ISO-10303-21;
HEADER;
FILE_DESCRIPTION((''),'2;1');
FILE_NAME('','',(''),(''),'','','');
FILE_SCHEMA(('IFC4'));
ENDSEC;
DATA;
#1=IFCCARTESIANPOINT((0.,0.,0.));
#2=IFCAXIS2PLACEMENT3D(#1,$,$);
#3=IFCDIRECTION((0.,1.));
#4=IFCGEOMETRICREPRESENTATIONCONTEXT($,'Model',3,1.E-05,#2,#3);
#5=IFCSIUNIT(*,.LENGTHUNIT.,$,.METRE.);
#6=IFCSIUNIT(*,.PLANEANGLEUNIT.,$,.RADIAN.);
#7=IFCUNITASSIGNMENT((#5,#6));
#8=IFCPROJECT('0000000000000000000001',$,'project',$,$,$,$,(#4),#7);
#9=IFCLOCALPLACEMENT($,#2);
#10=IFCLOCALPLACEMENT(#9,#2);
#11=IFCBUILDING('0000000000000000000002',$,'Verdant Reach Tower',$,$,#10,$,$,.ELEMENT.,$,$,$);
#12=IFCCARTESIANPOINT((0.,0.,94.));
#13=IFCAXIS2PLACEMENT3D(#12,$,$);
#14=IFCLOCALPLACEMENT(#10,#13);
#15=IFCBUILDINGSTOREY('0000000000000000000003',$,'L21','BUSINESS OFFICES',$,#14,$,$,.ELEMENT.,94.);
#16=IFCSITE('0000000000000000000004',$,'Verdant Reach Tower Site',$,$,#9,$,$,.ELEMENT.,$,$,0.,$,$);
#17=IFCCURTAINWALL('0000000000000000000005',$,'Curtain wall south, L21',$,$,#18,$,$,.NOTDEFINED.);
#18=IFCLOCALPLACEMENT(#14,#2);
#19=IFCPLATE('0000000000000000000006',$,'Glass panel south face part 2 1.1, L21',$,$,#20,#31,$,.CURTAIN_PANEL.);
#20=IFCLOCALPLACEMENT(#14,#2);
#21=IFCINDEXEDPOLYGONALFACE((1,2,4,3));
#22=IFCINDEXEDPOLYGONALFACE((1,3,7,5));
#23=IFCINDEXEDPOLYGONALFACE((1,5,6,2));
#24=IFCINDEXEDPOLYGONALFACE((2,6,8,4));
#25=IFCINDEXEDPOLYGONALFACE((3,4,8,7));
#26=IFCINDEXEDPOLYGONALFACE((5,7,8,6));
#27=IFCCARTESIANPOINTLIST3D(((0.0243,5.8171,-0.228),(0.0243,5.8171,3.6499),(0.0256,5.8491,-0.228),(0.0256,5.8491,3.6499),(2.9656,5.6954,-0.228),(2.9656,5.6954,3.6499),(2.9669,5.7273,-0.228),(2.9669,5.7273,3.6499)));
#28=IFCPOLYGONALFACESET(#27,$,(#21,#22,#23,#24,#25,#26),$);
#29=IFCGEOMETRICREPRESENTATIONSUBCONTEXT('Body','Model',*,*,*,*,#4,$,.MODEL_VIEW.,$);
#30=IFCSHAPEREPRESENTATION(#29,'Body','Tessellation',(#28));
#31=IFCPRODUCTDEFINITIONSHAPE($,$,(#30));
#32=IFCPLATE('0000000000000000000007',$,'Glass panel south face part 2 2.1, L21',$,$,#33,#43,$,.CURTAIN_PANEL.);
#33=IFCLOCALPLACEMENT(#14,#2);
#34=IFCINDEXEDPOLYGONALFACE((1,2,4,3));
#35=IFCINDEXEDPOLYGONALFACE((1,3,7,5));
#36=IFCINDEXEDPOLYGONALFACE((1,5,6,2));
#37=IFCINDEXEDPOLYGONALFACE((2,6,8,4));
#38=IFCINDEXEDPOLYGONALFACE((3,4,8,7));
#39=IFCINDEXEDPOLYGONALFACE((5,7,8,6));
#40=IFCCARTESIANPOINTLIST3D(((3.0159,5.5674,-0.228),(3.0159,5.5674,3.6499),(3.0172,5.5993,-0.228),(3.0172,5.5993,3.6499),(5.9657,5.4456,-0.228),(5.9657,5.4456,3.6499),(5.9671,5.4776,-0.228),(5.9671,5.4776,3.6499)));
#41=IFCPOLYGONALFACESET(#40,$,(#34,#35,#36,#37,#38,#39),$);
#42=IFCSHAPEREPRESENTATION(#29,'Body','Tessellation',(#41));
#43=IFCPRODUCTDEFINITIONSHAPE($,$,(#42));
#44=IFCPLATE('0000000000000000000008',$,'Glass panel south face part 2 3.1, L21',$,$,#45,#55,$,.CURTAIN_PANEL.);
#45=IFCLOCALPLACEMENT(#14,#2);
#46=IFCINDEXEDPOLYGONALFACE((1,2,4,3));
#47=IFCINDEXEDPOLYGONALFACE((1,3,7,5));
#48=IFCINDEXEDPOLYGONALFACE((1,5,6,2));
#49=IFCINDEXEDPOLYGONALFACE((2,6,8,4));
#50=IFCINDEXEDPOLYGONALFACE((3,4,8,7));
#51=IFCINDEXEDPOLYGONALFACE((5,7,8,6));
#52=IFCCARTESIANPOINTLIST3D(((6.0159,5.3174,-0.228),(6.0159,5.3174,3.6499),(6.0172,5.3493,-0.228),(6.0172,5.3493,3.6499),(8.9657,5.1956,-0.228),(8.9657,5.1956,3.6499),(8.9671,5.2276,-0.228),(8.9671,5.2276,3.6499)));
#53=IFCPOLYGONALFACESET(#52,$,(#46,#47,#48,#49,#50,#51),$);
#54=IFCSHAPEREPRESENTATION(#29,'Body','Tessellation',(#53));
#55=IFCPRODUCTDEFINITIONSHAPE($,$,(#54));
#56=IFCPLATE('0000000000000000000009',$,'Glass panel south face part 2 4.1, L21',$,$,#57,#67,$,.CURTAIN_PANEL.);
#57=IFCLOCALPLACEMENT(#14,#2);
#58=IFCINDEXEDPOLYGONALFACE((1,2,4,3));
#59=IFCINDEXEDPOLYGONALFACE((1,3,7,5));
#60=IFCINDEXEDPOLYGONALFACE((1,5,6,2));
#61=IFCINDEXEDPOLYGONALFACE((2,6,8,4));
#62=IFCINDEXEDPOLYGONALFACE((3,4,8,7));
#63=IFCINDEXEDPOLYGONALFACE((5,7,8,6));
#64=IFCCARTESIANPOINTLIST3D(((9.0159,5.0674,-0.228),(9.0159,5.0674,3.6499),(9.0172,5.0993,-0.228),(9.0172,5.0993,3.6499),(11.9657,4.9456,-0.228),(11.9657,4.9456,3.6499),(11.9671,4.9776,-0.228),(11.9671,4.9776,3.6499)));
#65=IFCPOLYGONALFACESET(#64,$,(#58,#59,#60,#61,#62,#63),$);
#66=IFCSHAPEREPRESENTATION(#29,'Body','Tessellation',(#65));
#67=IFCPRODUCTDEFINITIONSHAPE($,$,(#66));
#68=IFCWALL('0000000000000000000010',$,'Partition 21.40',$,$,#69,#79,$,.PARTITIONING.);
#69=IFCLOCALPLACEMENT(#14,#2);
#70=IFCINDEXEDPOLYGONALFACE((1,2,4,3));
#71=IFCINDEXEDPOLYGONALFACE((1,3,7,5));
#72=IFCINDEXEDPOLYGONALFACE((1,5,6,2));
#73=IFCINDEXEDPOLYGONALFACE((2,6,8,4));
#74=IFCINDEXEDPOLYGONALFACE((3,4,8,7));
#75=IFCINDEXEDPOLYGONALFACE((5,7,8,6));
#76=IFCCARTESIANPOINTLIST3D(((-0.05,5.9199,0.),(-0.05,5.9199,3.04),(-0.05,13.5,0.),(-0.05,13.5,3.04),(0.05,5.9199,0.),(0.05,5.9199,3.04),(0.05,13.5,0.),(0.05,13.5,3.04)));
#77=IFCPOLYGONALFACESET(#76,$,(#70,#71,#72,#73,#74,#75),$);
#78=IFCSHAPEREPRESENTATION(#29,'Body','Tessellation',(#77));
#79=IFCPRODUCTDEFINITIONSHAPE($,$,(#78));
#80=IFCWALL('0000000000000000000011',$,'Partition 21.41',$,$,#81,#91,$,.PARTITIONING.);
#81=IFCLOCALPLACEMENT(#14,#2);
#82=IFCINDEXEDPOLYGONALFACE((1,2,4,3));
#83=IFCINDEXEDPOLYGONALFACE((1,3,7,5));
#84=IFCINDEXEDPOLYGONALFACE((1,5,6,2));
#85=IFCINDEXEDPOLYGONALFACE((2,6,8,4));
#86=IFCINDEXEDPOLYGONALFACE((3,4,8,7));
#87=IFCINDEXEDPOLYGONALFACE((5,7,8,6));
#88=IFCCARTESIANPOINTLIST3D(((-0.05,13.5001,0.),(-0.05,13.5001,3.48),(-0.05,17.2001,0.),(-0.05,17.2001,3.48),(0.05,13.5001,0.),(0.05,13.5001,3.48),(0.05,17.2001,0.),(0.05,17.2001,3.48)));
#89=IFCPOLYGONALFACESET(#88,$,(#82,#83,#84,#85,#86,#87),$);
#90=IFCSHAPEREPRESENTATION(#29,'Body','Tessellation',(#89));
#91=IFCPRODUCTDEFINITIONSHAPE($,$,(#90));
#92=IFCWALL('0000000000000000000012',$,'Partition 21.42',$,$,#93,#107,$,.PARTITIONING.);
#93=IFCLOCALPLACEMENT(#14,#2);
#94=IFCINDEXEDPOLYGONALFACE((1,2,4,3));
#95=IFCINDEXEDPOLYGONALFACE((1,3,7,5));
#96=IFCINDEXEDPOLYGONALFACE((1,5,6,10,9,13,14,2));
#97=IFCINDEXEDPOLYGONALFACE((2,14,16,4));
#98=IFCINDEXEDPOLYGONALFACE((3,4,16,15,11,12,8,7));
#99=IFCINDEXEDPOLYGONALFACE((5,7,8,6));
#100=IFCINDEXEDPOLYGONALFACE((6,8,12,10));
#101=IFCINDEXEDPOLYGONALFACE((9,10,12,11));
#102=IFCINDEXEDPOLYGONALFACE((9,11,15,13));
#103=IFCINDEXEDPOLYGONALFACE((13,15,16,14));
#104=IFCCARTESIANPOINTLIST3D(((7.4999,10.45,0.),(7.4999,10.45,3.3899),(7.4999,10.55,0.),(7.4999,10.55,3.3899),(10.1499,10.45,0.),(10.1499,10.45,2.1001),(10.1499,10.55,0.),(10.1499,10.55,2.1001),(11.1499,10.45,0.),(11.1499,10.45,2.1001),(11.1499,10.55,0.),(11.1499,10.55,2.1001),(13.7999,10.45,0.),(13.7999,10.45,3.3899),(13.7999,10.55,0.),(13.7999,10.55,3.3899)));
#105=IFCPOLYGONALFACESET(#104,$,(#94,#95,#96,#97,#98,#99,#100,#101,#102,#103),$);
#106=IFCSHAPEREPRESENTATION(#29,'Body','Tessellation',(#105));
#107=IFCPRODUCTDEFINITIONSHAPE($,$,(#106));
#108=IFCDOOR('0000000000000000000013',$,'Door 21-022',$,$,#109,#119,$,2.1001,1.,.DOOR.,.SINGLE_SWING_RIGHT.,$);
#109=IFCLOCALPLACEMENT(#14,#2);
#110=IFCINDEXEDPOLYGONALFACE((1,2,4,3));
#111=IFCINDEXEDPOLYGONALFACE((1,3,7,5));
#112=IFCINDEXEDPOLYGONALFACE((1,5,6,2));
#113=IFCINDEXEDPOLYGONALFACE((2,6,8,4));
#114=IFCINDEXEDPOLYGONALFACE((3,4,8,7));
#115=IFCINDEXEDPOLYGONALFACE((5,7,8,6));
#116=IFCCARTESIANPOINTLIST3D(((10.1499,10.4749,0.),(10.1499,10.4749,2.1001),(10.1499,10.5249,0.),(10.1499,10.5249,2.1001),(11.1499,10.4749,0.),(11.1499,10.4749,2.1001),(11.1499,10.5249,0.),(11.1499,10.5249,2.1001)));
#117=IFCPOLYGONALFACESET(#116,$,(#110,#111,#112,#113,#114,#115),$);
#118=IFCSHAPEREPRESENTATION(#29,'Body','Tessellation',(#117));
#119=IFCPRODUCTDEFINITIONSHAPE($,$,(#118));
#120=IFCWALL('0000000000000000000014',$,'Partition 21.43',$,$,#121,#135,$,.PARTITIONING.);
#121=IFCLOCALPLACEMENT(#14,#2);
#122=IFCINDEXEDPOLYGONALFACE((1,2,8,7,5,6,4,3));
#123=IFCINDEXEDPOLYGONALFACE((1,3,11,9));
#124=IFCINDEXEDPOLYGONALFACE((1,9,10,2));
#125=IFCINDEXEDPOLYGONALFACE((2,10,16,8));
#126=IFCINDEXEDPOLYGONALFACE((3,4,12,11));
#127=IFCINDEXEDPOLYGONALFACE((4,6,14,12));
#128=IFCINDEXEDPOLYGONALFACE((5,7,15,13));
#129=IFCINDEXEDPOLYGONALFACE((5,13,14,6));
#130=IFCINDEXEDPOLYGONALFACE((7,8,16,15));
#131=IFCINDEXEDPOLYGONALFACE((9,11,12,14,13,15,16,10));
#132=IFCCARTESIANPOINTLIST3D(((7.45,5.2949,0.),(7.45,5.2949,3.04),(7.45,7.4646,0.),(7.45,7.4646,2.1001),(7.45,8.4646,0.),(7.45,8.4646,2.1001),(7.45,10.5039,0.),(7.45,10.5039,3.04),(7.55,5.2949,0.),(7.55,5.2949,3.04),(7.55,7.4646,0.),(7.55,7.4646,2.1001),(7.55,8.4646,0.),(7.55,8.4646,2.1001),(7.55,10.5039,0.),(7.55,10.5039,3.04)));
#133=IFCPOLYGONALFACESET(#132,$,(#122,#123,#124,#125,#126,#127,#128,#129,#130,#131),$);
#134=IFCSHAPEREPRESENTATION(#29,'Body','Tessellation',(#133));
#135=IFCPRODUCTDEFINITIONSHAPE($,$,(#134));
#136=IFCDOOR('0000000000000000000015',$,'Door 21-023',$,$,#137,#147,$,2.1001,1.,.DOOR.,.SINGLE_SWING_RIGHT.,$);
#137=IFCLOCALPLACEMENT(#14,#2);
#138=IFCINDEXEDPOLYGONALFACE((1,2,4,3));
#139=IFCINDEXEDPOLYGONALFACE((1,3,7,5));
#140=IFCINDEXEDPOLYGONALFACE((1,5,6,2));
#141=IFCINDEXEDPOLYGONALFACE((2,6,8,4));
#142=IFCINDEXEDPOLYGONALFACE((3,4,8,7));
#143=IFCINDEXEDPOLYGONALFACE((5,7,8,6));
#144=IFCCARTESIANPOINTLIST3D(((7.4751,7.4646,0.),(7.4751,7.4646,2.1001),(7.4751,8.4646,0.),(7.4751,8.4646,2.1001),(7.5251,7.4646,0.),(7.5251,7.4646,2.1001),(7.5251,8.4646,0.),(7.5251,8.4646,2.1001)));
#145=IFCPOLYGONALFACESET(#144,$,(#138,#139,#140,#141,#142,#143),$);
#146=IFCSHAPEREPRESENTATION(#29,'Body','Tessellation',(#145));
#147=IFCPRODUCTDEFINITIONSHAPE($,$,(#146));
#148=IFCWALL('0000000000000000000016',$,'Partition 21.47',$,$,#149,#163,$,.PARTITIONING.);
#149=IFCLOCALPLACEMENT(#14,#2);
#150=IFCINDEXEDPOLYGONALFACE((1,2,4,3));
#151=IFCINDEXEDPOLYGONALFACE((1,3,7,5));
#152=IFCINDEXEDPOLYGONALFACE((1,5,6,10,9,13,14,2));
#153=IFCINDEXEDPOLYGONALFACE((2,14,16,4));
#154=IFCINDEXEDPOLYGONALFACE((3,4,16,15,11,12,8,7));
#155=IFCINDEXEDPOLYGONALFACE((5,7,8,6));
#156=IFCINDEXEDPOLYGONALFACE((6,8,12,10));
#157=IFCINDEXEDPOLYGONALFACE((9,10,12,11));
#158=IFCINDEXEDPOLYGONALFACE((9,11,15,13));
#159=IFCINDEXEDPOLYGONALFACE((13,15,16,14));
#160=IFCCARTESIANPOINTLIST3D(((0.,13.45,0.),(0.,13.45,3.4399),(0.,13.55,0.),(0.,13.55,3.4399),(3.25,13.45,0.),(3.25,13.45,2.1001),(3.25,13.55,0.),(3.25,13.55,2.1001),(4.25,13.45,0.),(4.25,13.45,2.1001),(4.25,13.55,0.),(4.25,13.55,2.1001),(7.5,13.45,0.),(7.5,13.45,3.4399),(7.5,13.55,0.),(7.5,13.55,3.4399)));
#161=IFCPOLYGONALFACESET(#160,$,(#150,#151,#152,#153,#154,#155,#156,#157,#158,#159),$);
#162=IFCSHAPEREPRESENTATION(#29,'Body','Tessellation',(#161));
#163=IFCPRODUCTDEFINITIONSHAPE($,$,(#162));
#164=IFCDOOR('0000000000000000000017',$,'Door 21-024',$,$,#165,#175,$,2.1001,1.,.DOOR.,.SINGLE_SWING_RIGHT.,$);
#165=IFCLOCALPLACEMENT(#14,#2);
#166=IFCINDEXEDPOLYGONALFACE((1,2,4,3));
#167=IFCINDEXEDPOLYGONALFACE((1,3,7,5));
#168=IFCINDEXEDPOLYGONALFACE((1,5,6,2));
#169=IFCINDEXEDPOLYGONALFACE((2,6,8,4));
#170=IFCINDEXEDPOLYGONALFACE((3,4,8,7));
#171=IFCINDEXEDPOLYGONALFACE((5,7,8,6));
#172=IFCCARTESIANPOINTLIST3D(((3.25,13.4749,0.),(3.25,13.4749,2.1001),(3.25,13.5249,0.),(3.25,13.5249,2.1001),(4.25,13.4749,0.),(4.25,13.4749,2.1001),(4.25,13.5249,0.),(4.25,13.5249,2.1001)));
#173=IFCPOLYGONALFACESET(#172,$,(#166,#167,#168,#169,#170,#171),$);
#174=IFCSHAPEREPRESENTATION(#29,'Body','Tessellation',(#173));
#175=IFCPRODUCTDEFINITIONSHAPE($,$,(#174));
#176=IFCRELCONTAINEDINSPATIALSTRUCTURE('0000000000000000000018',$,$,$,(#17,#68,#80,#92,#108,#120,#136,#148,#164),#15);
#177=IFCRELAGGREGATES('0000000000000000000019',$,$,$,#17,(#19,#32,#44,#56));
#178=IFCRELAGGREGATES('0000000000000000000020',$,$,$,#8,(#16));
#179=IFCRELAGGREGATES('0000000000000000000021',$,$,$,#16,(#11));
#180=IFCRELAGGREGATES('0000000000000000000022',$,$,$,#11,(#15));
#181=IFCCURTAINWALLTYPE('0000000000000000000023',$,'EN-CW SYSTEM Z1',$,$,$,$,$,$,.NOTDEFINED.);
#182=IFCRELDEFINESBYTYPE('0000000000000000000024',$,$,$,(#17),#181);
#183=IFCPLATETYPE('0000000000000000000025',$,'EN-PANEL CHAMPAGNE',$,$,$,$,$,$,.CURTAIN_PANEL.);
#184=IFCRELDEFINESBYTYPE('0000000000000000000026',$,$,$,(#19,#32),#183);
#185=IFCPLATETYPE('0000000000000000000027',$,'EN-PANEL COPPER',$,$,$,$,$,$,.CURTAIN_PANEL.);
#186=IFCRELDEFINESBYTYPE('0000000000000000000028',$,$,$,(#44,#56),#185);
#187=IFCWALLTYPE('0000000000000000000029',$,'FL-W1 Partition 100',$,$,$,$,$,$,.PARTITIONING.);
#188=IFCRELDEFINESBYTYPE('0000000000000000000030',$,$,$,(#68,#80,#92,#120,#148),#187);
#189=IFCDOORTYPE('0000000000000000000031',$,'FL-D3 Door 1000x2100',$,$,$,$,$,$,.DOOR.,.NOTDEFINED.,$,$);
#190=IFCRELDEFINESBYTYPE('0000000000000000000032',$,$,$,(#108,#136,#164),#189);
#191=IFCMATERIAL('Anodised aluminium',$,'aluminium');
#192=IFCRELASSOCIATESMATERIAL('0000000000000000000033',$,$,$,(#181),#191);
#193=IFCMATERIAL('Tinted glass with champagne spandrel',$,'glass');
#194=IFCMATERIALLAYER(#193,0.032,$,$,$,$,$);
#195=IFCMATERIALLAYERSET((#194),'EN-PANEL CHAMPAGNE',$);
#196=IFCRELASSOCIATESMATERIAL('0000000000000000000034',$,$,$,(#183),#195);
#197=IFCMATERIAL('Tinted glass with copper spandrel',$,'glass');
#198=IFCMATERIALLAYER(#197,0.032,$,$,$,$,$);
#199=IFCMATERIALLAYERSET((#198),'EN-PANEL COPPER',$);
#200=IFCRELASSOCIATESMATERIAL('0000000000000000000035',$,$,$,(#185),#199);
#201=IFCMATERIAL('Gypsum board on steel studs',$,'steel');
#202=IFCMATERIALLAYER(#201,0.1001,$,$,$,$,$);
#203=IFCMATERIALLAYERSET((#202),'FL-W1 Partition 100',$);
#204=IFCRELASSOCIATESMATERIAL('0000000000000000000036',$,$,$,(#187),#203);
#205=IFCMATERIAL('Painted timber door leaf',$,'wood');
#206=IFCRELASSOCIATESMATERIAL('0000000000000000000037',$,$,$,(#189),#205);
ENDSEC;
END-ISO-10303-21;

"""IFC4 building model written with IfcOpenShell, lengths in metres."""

from ifc_helpers import new_model, si_unit, direction, frame, frame_2d, origin, origin_2d, place, context, subcontext, project, spatial, rectangle, extrude, material, layer, layer_set, type_object, element, fill, aggregate, save


model = new_model("IFC4")

# Units and contexts
model_context = context("Model", 3, precision=1e-05, world=origin(), true_north=direction((0.0, 1.0)))
body_context = subcontext(model_context, "Body", "Model", "MODEL_VIEW")
ifc_project = project(units=[si_unit("LENGTHUNIT", "METRE"), si_unit("PLANEANGLEUNIT", "RADIAN")], contexts=[model_context])

# Site, building, storey
site_placement = place(None, origin())
site = spatial("IfcSite", under=ifc_project, at=site_placement, Name="Verdant Reach Tower Site", CompositionType="ELEMENT", RefElevation=0.0)
building_placement = place(site_placement, origin())
building = spatial("IfcBuilding", under=site, at=building_placement, Name="Verdant Reach Tower", CompositionType="ELEMENT")
storey_placement = place(building_placement, frame((0.0, 0.0, 94.0)))
storey = spatial("IfcBuildingStorey", under=building, at=storey_placement, Name="L21", Description="BUSINESS OFFICES", CompositionType="ELEMENT", Elevation=94.0)

# Curtain wall
ifc_material_1 = material(Name="Anodised aluminium", Category="aluminium")
curtain_wall_type = type_object("IfcCurtainWallType", Name="EN-CW SYSTEM Z1", PredefinedType="NOTDEFINED", material=ifc_material_1)
curtain_wall_placement = place(storey_placement, origin())
curtain_wall = element("IfcCurtainWall", 1, at=curtain_wall_placement, inside=storey, type_object=curtain_wall_type, Name="Curtain wall south, L21", PredefinedType="NOTDEFINED")

# Plates
ifc_material_2 = material(Name="Tinted glass with champagne spandrel", Category="glass")
ifc_layer_1 = layer(ifc_material_2, 0.032)
ifc_layer_set_1 = layer_set([ifc_layer_1], Name="EN-PANEL CHAMPAGNE")
plate_type_1 = type_object("IfcPlateType", Name="EN-PANEL CHAMPAGNE", PredefinedType="CURTAIN_PANEL", material=ifc_layer_set_1)
plate_1_placement = place(storey_placement, frame((1.4956, 5.7722, -0.228), z_axis=(0.0, 0.0, 1.0), x_axis=(0.999144, -0.04136, 0.0)))
plate_1 = element("IfcPlate", 2, at=plate_1_placement, type_object=plate_type_1, Name="Glass panel south face part 2 1.1, L21", PredefinedType="CURTAIN_PANEL", context=body_context, shape_type="SweptSolid", body=[
    extrude(rectangle(XDim=2.9438, YDim=0.032, at=origin_2d()), origin(), (0.0, 0.0, 1.0), 3.8779),
])
plate_2_placement = place(storey_placement, frame((4.4915, 5.5225, -0.228), z_axis=(0.0, 0.0, 1.0), x_axis=(0.999149, -0.041242, 0.0)))
plate_2 = element("IfcPlate", 3, at=plate_2_placement, type_object=plate_type_1, Name="Glass panel south face part 2 2.1, L21", PredefinedType="CURTAIN_PANEL", context=body_context, shape_type="SweptSolid", body=[
    extrude(rectangle(XDim=2.9524, YDim=0.032, at=origin_2d()), origin(), (0.0, 0.0, 1.0), 3.8779),
])
ifc_material_3 = material(Name="Tinted glass with copper spandrel", Category="glass")
ifc_layer_2 = layer(ifc_material_3, 0.032)
ifc_layer_set_2 = layer_set([ifc_layer_2], Name="EN-PANEL COPPER")
plate_type_2 = type_object("IfcPlateType", Name="EN-PANEL COPPER", PredefinedType="CURTAIN_PANEL", material=ifc_layer_set_2)
plate_3_placement = place(storey_placement, frame((7.4915, 5.2725, -0.228), z_axis=(0.0, 0.0, 1.0), x_axis=(0.999149, -0.041242, 0.0)))
plate_3 = element("IfcPlate", 4, at=plate_3_placement, type_object=plate_type_2, Name="Glass panel south face part 2 3.1, L21", PredefinedType="CURTAIN_PANEL", context=body_context, shape_type="SweptSolid", body=[
    extrude(rectangle(XDim=2.9524, YDim=0.032, at=origin_2d()), origin(), (0.0, 0.0, 1.0), 3.8779),
])
plate_4_placement = place(storey_placement, frame((10.4915, 5.0225, -0.228), z_axis=(0.0, 0.0, 1.0), x_axis=(0.999149, -0.041242, 0.0)))
plate_4 = element("IfcPlate", 5, at=plate_4_placement, type_object=plate_type_2, Name="Glass panel south face part 2 4.1, L21", PredefinedType="CURTAIN_PANEL", context=body_context, shape_type="SweptSolid", body=[
    extrude(rectangle(XDim=2.9524, YDim=0.032, at=origin_2d()), origin(), (0.0, 0.0, 1.0), 3.8779),
])
aggregate(curtain_wall, [plate_1, plate_2, plate_3, plate_4])

# Walls
ifc_material_4 = material(Name="Gypsum board on steel studs", Category="steel")
ifc_layer_3 = layer(ifc_material_4, 0.1001)
ifc_layer_set_3 = layer_set([ifc_layer_3], Name="FL-W1 Partition 100")
wall_type = type_object("IfcWallType", Name="FL-W1 Partition 100", PredefinedType="PARTITIONING", material=ifc_layer_set_3)
wall_1_placement = place(storey_placement, frame((0.0, 5.9199, 0.0), z_axis=(0.0, 0.0, 1.0), x_axis=(0.0, 1.0, 0.0)))
element("IfcWall", 6, at=wall_1_placement, inside=storey, type_object=wall_type, Name="Partition 21.40", PredefinedType="PARTITIONING", context=body_context, shape_type="SweptSolid", body=[
    extrude(rectangle(XDim=7.5801, YDim=0.1001, at=frame_2d((3.79, 0.0))), origin(), (0.0, 0.0, 1.0), 3.04),
])
wall_2_placement = place(storey_placement, frame((0.0, 13.5, 0.0), z_axis=(0.0, 0.0, 1.0), x_axis=(0.0, 1.0, 0.0)))
element("IfcWall", 7, at=wall_2_placement, inside=storey, type_object=wall_type, Name="Partition 21.41", PredefinedType="PARTITIONING", context=body_context, shape_type="SweptSolid", body=[
    extrude(rectangle(XDim=3.7, YDim=0.1001, at=frame_2d((1.8501, 0.0))), origin(), (0.0, 0.0, 1.0), 3.48),
])

# Walls, openings, doors
wall_3_placement = place(storey_placement, frame((7.5, 10.5, 0.0), z_axis=(0.0, 0.0, 1.0), x_axis=(1.0, 0.0, 0.0)))
wall_3 = element("IfcWall", 8, at=wall_3_placement, inside=storey, type_object=wall_type, Name="Partition 21.42", PredefinedType="PARTITIONING", context=body_context, shape_type="SweptSolid", body=[
    extrude(rectangle(XDim=6.3, YDim=0.1001, at=frame_2d((3.1499, 0.0))), origin(), (0.0, 0.0, 1.0), 3.3899),
])
opening_1_placement = place(wall_3_placement, frame((2.6499, 0.0, 0.0)))
opening_1 = element("IfcOpeningElement", 9, at=opening_1_placement, cuts=wall_3, PredefinedType="OPENING", context=body_context, shape_type="SweptSolid", body=[
    extrude(rectangle(XDim=1.0, YDim=2.1001, at=frame_2d((0.5, 1.05))), frame((0.0, 0.0601, 0.0), z_axis=(0.0, -1.0, 0.0), x_axis=(1.0, 0.0, 0.0)), (0.0, 0.0, 1.0), 0.1201),
])
ifc_material_5 = material(Name="Painted timber door leaf", Category="wood")
door_type = type_object("IfcDoorType", Name="FL-D3 Door 1000x2100", OperationType="NOTDEFINED", PredefinedType="DOOR", material=ifc_material_5)
door_1_placement = place(opening_1_placement, origin())
door_1 = element("IfcDoor", 10, at=door_1_placement, inside=storey, type_object=door_type, Name="Door 21-022", OperationType="SINGLE_SWING_RIGHT", OverallHeight=2.1001, OverallWidth=1.0, PredefinedType="DOOR", context=body_context, shape_type="SweptSolid", body=[
    extrude(rectangle(XDim=1.0, YDim=2.1001, at=frame_2d((0.5, 1.05))), frame((0.0, 0.0249, 0.0), z_axis=(0.0, -1.0, 0.0), x_axis=(1.0, 0.0, 0.0)), (0.0, 0.0, 1.0), 0.05),
])
fill(opening_1, door_1)
wall_4_placement = place(storey_placement, frame((7.5, 5.2949, 0.0), z_axis=(0.0, 0.0, 1.0), x_axis=(0.0, 1.0, 0.0)))
wall_4 = element("IfcWall", 11, at=wall_4_placement, inside=storey, type_object=wall_type, Name="Partition 21.43", PredefinedType="PARTITIONING", context=body_context, shape_type="SweptSolid", body=[
    extrude(rectangle(XDim=5.209, YDim=0.1001, at=frame_2d((2.6045, 0.0))), origin(), (0.0, 0.0, 1.0), 3.04),
])
opening_2_placement = place(wall_4_placement, frame((2.1697, 0.0, 0.0)))
opening_2 = element("IfcOpeningElement", 12, at=opening_2_placement, cuts=wall_4, PredefinedType="OPENING", context=body_context, shape_type="SweptSolid", body=[
    extrude(rectangle(XDim=1.0, YDim=2.1001, at=frame_2d((0.5, 1.05))), frame((0.0, 0.0601, 0.0), z_axis=(0.0, -1.0, 0.0), x_axis=(1.0, 0.0, 0.0)), (0.0, 0.0, 1.0), 0.1201),
])
door_2_placement = place(opening_2_placement, origin())
door_2 = element("IfcDoor", 13, at=door_2_placement, inside=storey, type_object=door_type, Name="Door 21-023", OperationType="SINGLE_SWING_RIGHT", OverallHeight=2.1001, OverallWidth=1.0, PredefinedType="DOOR", context=body_context, shape_type="SweptSolid", body=[
    extrude(rectangle(XDim=1.0, YDim=2.1001, at=frame_2d((0.5, 1.05))), frame((0.0, 0.0249, 0.0), z_axis=(0.0, -1.0, 0.0), x_axis=(1.0, 0.0, 0.0)), (0.0, 0.0, 1.0), 0.05),
])
fill(opening_2, door_2)
wall_5_placement = place(storey_placement, frame((0.0, 13.5, 0.0), z_axis=(0.0, 0.0, 1.0), x_axis=(1.0, 0.0, 0.0)))
wall_5 = element("IfcWall", 14, at=wall_5_placement, inside=storey, type_object=wall_type, Name="Partition 21.47", PredefinedType="PARTITIONING", context=body_context, shape_type="SweptSolid", body=[
    extrude(rectangle(XDim=7.5, YDim=0.1001, at=frame_2d((3.75, 0.0))), origin(), (0.0, 0.0, 1.0), 3.4399),
])
opening_3_placement = place(wall_5_placement, frame((3.25, 0.0, 0.0)))
opening_3 = element("IfcOpeningElement", 15, at=opening_3_placement, cuts=wall_5, PredefinedType="OPENING", context=body_context, shape_type="SweptSolid", body=[
    extrude(rectangle(XDim=1.0, YDim=2.1001, at=frame_2d((0.5, 1.05))), frame((0.0, 0.0601, 0.0), z_axis=(0.0, -1.0, 0.0), x_axis=(1.0, 0.0, 0.0)), (0.0, 0.0, 1.0), 0.1201),
])
door_3_placement = place(opening_3_placement, origin())
door_3 = element("IfcDoor", 16, at=door_3_placement, inside=storey, type_object=door_type, Name="Door 21-024", OperationType="SINGLE_SWING_RIGHT", OverallHeight=2.1001, OverallWidth=1.0, PredefinedType="DOOR", context=body_context, shape_type="SweptSolid", body=[
    extrude(rectangle(XDim=1.0, YDim=2.1001, at=frame_2d((0.5, 1.05))), frame((0.0, 0.0249, 0.0), z_axis=(0.0, -1.0, 0.0), x_axis=(1.0, 0.0, 0.0)), (0.0, 0.0, 1.0), 0.05),
])
fill(opening_3, door_3)

save(model, "model.ifc")
